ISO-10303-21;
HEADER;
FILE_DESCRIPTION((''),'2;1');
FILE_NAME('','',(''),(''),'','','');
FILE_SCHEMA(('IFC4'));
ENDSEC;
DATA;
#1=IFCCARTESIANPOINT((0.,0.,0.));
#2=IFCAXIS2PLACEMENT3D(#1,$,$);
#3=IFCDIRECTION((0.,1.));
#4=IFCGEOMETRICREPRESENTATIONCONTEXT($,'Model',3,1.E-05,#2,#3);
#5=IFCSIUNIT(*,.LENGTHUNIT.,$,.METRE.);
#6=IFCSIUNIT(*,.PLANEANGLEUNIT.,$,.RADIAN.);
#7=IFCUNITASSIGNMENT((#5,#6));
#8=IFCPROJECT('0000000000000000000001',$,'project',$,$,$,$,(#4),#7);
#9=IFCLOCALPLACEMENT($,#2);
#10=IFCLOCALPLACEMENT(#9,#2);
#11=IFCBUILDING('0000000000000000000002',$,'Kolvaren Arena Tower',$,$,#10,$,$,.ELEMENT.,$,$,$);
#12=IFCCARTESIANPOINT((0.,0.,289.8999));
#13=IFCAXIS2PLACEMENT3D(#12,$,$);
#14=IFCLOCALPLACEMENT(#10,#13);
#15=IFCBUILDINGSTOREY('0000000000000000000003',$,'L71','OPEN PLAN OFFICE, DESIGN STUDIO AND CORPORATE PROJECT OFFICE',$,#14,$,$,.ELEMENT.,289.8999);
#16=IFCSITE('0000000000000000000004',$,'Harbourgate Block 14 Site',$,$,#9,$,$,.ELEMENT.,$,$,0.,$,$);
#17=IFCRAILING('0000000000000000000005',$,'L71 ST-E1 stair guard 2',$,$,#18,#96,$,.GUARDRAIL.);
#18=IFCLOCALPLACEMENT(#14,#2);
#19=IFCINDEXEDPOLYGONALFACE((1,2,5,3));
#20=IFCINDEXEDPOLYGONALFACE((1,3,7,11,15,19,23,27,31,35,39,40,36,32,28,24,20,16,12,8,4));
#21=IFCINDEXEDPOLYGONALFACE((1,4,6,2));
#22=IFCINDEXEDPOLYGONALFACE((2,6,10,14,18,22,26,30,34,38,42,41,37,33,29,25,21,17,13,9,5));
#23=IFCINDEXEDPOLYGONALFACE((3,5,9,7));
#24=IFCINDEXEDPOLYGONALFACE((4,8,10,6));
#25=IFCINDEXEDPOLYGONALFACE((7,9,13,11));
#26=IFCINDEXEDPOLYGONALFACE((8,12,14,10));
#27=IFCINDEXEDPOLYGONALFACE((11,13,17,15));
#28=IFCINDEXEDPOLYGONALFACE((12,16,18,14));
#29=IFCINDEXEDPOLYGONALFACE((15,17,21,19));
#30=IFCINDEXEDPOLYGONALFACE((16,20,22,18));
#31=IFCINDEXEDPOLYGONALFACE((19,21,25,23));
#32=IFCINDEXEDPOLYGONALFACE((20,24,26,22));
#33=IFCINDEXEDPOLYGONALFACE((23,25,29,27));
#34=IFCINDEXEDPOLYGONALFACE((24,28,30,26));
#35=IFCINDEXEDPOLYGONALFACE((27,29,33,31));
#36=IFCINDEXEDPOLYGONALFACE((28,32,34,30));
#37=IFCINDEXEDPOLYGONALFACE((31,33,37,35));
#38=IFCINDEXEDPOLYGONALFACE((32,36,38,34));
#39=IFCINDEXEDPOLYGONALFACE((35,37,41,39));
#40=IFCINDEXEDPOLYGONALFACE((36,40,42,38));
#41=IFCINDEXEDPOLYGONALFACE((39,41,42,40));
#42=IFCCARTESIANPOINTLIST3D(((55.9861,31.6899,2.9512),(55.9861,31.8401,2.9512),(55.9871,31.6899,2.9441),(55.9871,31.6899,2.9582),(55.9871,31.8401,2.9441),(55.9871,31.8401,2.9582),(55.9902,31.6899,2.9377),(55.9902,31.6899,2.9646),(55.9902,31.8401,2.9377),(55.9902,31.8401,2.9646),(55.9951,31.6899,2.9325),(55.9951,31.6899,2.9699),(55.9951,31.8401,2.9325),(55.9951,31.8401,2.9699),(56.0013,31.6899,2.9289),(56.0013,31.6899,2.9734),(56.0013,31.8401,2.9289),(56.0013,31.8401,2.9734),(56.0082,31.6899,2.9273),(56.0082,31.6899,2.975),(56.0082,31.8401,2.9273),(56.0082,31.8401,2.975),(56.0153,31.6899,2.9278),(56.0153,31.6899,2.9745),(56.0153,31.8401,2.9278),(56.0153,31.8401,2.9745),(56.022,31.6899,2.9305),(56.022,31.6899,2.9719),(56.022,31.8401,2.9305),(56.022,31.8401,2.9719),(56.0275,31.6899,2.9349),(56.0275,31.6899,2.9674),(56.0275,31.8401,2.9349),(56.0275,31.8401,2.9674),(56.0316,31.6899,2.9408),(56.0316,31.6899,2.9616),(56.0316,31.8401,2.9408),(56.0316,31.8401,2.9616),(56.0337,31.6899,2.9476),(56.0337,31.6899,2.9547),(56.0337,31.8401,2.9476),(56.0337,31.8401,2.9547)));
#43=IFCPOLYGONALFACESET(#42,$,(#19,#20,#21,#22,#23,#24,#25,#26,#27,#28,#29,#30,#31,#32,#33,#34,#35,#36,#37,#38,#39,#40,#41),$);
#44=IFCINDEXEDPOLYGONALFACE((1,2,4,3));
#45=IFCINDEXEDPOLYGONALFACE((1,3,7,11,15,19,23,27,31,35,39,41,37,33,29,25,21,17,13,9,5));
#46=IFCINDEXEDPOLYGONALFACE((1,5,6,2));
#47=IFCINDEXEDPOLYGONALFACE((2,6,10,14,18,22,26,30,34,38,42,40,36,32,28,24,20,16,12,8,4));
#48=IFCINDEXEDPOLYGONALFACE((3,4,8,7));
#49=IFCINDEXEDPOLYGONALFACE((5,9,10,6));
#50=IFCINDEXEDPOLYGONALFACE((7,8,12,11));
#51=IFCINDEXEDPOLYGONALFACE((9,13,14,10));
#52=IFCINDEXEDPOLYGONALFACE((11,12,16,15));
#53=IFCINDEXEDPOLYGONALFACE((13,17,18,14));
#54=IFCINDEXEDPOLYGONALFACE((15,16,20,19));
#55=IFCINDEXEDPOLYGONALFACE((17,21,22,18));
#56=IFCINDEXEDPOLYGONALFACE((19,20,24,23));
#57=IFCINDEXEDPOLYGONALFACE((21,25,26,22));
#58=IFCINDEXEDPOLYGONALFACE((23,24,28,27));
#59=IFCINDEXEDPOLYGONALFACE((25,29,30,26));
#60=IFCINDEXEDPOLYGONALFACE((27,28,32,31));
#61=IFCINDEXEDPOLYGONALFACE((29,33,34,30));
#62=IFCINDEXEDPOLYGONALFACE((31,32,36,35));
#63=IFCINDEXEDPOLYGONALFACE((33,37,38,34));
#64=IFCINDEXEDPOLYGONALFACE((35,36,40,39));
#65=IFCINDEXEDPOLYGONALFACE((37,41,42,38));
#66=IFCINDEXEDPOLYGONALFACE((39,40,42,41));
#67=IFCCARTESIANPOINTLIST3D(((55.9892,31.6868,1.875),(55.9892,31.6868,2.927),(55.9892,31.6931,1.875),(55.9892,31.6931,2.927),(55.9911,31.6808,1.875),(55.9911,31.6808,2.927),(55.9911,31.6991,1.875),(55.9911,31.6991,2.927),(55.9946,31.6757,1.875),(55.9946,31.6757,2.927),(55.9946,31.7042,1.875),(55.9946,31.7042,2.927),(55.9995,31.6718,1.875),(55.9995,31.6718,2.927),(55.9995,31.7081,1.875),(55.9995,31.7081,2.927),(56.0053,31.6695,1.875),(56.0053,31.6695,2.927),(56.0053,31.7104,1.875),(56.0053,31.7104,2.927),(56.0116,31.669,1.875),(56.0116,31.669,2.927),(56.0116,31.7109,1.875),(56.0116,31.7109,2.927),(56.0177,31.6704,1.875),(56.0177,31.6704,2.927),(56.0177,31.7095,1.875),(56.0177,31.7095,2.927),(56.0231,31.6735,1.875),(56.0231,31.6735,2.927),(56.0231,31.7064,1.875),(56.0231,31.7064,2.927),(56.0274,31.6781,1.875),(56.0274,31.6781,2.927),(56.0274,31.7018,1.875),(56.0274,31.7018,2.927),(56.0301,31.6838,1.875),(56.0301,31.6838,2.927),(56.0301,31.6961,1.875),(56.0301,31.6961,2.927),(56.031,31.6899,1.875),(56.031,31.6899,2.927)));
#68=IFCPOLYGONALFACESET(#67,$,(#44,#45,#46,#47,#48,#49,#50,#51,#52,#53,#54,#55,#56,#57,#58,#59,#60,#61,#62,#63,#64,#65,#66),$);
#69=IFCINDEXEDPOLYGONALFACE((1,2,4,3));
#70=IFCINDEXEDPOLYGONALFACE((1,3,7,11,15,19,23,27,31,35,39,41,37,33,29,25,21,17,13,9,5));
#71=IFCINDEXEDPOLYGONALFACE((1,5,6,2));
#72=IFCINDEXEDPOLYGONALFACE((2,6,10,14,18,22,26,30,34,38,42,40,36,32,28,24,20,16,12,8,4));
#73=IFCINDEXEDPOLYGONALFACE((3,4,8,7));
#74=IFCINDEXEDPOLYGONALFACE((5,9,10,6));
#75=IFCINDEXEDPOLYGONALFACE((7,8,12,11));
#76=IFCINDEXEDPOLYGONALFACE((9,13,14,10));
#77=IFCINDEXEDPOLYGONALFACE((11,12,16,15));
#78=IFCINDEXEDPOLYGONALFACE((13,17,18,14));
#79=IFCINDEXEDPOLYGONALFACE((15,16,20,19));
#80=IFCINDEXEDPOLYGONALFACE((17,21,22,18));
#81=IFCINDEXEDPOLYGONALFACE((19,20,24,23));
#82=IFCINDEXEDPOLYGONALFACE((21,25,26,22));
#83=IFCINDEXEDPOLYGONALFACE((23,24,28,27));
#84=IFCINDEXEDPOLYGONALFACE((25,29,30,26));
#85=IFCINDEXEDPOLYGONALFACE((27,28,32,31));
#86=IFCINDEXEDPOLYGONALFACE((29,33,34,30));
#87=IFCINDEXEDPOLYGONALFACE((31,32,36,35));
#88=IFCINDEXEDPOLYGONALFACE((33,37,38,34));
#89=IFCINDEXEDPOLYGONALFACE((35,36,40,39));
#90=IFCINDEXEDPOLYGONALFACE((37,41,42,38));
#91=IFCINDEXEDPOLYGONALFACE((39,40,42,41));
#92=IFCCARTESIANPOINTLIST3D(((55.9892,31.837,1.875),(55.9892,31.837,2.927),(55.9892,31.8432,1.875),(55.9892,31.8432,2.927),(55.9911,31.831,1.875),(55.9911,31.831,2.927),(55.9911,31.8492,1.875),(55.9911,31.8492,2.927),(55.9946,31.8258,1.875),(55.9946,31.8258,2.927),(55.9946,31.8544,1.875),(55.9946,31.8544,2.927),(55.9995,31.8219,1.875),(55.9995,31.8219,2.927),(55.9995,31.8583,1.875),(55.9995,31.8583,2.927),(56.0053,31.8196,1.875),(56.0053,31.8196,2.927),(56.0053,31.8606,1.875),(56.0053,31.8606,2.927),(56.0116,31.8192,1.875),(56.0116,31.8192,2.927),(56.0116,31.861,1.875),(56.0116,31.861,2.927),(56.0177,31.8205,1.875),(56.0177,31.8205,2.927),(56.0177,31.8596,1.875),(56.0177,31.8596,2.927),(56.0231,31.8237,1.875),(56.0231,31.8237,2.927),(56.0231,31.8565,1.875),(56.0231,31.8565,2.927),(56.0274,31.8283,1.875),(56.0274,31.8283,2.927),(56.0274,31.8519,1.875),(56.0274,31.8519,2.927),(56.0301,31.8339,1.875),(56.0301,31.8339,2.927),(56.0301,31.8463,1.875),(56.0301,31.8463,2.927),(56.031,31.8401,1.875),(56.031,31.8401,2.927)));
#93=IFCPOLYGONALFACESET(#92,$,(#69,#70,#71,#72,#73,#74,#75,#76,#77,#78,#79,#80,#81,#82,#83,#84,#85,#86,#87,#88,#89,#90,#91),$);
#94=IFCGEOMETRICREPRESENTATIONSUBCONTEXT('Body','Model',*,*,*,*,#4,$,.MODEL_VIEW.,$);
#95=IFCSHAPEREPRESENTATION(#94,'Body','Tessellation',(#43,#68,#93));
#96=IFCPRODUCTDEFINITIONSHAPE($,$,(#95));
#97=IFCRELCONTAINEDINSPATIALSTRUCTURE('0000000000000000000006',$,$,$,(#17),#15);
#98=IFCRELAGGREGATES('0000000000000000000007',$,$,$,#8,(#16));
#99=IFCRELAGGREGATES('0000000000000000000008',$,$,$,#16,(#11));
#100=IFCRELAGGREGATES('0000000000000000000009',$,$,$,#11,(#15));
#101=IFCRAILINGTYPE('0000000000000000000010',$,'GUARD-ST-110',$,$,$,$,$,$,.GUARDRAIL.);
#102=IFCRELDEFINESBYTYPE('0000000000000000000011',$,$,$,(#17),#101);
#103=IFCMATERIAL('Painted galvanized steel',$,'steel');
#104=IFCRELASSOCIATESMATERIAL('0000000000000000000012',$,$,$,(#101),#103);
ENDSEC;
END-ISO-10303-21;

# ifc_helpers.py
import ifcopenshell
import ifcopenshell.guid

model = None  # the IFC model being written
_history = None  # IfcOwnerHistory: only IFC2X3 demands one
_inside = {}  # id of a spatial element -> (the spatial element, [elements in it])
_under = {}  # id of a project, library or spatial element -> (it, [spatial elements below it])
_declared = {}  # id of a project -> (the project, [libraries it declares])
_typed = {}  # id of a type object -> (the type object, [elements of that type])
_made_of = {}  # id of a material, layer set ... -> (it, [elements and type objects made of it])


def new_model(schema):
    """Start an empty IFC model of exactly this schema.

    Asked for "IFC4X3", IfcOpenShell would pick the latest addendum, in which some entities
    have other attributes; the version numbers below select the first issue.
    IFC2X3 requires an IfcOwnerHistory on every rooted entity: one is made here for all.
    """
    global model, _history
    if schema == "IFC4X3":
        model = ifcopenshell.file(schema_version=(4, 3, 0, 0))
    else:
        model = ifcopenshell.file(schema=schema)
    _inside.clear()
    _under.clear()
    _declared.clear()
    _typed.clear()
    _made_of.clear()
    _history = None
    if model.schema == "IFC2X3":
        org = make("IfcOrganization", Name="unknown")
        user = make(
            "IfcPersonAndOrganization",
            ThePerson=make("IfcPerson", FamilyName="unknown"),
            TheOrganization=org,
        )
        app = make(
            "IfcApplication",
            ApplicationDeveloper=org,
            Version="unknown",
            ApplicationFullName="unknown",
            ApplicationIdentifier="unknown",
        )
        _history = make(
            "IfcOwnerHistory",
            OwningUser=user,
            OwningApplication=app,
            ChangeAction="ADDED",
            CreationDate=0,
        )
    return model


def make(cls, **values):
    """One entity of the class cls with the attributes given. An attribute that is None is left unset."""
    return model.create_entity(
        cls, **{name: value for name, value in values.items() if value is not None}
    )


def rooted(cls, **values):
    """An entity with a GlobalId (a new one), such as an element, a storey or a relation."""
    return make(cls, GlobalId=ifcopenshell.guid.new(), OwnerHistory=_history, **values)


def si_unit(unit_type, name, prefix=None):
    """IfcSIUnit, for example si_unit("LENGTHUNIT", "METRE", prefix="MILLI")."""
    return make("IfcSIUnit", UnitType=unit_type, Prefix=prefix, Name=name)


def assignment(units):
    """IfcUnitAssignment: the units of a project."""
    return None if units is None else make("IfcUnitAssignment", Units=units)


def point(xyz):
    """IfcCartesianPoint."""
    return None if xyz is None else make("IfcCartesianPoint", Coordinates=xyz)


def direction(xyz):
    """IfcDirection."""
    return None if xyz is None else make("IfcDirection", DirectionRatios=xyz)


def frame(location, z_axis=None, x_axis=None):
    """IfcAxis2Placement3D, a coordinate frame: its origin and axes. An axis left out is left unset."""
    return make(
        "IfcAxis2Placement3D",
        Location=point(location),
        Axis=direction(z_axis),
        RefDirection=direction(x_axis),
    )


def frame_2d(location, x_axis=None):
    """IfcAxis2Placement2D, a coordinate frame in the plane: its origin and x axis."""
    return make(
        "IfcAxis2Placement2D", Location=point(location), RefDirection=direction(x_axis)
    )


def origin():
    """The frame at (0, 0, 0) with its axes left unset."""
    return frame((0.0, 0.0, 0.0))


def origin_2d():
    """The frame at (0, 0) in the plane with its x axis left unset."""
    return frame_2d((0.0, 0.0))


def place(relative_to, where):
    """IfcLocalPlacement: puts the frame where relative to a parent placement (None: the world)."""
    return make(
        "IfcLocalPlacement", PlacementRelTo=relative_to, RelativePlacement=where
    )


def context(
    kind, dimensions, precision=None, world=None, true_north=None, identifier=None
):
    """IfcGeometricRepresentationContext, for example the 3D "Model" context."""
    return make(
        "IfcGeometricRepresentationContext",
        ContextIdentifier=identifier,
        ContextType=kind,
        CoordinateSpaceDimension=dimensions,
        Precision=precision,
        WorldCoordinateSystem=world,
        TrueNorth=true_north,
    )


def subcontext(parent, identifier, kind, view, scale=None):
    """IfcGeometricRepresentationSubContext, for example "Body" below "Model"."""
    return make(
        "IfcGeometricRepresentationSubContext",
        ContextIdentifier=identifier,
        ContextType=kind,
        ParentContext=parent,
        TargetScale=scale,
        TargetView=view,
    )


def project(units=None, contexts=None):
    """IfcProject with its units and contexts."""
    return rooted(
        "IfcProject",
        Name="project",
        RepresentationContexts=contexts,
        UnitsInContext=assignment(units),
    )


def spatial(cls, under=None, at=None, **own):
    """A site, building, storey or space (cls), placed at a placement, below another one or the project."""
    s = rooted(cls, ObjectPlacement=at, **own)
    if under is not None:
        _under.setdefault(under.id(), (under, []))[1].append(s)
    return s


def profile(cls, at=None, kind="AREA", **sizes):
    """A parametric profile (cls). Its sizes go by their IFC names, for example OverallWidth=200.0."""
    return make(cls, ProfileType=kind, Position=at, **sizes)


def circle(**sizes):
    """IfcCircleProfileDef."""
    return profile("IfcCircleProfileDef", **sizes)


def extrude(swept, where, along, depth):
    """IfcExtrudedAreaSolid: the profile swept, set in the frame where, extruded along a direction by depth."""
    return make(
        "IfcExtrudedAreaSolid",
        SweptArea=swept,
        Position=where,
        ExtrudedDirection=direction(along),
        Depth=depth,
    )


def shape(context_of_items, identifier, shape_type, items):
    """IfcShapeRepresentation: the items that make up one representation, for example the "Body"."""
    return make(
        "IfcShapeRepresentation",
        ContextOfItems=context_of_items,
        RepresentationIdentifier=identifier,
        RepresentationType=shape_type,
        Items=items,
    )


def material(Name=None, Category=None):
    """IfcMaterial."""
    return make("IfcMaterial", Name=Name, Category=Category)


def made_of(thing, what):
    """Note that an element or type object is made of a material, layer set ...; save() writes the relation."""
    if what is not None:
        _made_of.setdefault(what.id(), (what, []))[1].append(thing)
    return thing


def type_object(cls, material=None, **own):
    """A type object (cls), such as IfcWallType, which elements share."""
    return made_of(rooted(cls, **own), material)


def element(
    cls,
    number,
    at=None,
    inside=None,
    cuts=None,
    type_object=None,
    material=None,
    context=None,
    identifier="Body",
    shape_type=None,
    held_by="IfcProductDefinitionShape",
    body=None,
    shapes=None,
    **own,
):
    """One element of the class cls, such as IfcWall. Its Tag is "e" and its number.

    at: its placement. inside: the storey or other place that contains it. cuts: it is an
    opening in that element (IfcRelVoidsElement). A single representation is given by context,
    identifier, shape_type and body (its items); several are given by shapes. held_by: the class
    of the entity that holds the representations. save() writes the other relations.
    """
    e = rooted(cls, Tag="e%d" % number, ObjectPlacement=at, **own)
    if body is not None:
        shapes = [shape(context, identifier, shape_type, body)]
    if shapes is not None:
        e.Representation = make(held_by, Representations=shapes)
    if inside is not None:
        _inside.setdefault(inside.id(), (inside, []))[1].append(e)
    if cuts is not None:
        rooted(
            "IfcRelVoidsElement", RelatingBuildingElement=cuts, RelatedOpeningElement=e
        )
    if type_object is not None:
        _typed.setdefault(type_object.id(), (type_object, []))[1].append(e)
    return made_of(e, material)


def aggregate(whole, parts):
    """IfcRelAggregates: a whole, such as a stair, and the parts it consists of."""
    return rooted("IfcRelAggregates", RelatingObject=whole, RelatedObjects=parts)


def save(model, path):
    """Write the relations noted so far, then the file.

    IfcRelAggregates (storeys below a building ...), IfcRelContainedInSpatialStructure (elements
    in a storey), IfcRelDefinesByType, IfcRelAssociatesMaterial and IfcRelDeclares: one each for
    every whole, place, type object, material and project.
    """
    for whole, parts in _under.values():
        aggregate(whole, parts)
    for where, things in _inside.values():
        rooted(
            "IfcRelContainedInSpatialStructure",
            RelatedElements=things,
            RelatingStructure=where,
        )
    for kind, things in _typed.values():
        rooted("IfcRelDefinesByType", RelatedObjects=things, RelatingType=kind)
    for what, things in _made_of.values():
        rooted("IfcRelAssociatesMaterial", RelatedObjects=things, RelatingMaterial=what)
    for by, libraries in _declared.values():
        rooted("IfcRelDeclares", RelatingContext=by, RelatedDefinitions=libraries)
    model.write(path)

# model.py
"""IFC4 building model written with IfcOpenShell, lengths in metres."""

from ifc_helpers import new_model, si_unit, direction, frame, origin, origin_2d, place, context, subcontext, project, spatial, circle, extrude, material, type_object, element, save


model = new_model("IFC4")

# Units and contexts
model_context = context("Model", 3, precision=1e-05, world=origin(), true_north=direction((0.0, 1.0)))
body_context = subcontext(model_context, "Body", "Model", "MODEL_VIEW")
ifc_project = project(units=[si_unit("LENGTHUNIT", "METRE"), si_unit("PLANEANGLEUNIT", "RADIAN")], contexts=[model_context])

# Site, building, storey
site_placement = place(None, origin())
site = spatial("IfcSite", under=ifc_project, at=site_placement, Name="Harbourgate Block 14 Site", CompositionType="ELEMENT", RefElevation=0.0)
building_placement = place(site_placement, origin())
building = spatial("IfcBuilding", under=site, at=building_placement, Name="Kolvaren Arena Tower", CompositionType="ELEMENT")
storey_placement = place(building_placement, frame((0.0, 0.0, 289.8999)))
storey = spatial("IfcBuildingStorey", under=building, at=storey_placement, Name="L71", Description="OPEN PLAN OFFICE, DESIGN STUDIO AND CORPORATE PROJECT OFFICE", CompositionType="ELEMENT", Elevation=289.8999)

# Railing
ifc_material_1 = material(Name="Painted galvanized steel", Category="steel")
railing_type_1 = type_object("IfcRailingType", Name="GUARD-ST-110", PredefinedType="GUARDRAIL", material=ifc_material_1)
railing_1_placement = place(storey_placement, frame((56.01, 31.6899, 1.875)))
element("IfcRailing", 1, at=railing_1_placement, inside=storey, type_object=railing_type_1, Name="L71 ST-E1 stair guard 2", PredefinedType="GUARDRAIL", context=body_context, shape_type="SweptSolid", body=[
    extrude(circle(Radius=0.0239, at=origin_2d()), frame((0.0, 0.0, 1.0762), z_axis=(0.0, 1.0, 0.0), x_axis=(-1.0, 0.0, 0.0)), (0.0, 0.0, 1.0), 0.1501),
    extrude(circle(Radius=0.021, at=origin_2d()), origin(), (0.0, 0.0, 1.0), 1.052),
    extrude(circle(Radius=0.021, at=origin_2d()), frame((0.0, 0.1501, 0.0)), (0.0, 0.0, 1.0), 1.052),
])

save(model, "model.ifc")
